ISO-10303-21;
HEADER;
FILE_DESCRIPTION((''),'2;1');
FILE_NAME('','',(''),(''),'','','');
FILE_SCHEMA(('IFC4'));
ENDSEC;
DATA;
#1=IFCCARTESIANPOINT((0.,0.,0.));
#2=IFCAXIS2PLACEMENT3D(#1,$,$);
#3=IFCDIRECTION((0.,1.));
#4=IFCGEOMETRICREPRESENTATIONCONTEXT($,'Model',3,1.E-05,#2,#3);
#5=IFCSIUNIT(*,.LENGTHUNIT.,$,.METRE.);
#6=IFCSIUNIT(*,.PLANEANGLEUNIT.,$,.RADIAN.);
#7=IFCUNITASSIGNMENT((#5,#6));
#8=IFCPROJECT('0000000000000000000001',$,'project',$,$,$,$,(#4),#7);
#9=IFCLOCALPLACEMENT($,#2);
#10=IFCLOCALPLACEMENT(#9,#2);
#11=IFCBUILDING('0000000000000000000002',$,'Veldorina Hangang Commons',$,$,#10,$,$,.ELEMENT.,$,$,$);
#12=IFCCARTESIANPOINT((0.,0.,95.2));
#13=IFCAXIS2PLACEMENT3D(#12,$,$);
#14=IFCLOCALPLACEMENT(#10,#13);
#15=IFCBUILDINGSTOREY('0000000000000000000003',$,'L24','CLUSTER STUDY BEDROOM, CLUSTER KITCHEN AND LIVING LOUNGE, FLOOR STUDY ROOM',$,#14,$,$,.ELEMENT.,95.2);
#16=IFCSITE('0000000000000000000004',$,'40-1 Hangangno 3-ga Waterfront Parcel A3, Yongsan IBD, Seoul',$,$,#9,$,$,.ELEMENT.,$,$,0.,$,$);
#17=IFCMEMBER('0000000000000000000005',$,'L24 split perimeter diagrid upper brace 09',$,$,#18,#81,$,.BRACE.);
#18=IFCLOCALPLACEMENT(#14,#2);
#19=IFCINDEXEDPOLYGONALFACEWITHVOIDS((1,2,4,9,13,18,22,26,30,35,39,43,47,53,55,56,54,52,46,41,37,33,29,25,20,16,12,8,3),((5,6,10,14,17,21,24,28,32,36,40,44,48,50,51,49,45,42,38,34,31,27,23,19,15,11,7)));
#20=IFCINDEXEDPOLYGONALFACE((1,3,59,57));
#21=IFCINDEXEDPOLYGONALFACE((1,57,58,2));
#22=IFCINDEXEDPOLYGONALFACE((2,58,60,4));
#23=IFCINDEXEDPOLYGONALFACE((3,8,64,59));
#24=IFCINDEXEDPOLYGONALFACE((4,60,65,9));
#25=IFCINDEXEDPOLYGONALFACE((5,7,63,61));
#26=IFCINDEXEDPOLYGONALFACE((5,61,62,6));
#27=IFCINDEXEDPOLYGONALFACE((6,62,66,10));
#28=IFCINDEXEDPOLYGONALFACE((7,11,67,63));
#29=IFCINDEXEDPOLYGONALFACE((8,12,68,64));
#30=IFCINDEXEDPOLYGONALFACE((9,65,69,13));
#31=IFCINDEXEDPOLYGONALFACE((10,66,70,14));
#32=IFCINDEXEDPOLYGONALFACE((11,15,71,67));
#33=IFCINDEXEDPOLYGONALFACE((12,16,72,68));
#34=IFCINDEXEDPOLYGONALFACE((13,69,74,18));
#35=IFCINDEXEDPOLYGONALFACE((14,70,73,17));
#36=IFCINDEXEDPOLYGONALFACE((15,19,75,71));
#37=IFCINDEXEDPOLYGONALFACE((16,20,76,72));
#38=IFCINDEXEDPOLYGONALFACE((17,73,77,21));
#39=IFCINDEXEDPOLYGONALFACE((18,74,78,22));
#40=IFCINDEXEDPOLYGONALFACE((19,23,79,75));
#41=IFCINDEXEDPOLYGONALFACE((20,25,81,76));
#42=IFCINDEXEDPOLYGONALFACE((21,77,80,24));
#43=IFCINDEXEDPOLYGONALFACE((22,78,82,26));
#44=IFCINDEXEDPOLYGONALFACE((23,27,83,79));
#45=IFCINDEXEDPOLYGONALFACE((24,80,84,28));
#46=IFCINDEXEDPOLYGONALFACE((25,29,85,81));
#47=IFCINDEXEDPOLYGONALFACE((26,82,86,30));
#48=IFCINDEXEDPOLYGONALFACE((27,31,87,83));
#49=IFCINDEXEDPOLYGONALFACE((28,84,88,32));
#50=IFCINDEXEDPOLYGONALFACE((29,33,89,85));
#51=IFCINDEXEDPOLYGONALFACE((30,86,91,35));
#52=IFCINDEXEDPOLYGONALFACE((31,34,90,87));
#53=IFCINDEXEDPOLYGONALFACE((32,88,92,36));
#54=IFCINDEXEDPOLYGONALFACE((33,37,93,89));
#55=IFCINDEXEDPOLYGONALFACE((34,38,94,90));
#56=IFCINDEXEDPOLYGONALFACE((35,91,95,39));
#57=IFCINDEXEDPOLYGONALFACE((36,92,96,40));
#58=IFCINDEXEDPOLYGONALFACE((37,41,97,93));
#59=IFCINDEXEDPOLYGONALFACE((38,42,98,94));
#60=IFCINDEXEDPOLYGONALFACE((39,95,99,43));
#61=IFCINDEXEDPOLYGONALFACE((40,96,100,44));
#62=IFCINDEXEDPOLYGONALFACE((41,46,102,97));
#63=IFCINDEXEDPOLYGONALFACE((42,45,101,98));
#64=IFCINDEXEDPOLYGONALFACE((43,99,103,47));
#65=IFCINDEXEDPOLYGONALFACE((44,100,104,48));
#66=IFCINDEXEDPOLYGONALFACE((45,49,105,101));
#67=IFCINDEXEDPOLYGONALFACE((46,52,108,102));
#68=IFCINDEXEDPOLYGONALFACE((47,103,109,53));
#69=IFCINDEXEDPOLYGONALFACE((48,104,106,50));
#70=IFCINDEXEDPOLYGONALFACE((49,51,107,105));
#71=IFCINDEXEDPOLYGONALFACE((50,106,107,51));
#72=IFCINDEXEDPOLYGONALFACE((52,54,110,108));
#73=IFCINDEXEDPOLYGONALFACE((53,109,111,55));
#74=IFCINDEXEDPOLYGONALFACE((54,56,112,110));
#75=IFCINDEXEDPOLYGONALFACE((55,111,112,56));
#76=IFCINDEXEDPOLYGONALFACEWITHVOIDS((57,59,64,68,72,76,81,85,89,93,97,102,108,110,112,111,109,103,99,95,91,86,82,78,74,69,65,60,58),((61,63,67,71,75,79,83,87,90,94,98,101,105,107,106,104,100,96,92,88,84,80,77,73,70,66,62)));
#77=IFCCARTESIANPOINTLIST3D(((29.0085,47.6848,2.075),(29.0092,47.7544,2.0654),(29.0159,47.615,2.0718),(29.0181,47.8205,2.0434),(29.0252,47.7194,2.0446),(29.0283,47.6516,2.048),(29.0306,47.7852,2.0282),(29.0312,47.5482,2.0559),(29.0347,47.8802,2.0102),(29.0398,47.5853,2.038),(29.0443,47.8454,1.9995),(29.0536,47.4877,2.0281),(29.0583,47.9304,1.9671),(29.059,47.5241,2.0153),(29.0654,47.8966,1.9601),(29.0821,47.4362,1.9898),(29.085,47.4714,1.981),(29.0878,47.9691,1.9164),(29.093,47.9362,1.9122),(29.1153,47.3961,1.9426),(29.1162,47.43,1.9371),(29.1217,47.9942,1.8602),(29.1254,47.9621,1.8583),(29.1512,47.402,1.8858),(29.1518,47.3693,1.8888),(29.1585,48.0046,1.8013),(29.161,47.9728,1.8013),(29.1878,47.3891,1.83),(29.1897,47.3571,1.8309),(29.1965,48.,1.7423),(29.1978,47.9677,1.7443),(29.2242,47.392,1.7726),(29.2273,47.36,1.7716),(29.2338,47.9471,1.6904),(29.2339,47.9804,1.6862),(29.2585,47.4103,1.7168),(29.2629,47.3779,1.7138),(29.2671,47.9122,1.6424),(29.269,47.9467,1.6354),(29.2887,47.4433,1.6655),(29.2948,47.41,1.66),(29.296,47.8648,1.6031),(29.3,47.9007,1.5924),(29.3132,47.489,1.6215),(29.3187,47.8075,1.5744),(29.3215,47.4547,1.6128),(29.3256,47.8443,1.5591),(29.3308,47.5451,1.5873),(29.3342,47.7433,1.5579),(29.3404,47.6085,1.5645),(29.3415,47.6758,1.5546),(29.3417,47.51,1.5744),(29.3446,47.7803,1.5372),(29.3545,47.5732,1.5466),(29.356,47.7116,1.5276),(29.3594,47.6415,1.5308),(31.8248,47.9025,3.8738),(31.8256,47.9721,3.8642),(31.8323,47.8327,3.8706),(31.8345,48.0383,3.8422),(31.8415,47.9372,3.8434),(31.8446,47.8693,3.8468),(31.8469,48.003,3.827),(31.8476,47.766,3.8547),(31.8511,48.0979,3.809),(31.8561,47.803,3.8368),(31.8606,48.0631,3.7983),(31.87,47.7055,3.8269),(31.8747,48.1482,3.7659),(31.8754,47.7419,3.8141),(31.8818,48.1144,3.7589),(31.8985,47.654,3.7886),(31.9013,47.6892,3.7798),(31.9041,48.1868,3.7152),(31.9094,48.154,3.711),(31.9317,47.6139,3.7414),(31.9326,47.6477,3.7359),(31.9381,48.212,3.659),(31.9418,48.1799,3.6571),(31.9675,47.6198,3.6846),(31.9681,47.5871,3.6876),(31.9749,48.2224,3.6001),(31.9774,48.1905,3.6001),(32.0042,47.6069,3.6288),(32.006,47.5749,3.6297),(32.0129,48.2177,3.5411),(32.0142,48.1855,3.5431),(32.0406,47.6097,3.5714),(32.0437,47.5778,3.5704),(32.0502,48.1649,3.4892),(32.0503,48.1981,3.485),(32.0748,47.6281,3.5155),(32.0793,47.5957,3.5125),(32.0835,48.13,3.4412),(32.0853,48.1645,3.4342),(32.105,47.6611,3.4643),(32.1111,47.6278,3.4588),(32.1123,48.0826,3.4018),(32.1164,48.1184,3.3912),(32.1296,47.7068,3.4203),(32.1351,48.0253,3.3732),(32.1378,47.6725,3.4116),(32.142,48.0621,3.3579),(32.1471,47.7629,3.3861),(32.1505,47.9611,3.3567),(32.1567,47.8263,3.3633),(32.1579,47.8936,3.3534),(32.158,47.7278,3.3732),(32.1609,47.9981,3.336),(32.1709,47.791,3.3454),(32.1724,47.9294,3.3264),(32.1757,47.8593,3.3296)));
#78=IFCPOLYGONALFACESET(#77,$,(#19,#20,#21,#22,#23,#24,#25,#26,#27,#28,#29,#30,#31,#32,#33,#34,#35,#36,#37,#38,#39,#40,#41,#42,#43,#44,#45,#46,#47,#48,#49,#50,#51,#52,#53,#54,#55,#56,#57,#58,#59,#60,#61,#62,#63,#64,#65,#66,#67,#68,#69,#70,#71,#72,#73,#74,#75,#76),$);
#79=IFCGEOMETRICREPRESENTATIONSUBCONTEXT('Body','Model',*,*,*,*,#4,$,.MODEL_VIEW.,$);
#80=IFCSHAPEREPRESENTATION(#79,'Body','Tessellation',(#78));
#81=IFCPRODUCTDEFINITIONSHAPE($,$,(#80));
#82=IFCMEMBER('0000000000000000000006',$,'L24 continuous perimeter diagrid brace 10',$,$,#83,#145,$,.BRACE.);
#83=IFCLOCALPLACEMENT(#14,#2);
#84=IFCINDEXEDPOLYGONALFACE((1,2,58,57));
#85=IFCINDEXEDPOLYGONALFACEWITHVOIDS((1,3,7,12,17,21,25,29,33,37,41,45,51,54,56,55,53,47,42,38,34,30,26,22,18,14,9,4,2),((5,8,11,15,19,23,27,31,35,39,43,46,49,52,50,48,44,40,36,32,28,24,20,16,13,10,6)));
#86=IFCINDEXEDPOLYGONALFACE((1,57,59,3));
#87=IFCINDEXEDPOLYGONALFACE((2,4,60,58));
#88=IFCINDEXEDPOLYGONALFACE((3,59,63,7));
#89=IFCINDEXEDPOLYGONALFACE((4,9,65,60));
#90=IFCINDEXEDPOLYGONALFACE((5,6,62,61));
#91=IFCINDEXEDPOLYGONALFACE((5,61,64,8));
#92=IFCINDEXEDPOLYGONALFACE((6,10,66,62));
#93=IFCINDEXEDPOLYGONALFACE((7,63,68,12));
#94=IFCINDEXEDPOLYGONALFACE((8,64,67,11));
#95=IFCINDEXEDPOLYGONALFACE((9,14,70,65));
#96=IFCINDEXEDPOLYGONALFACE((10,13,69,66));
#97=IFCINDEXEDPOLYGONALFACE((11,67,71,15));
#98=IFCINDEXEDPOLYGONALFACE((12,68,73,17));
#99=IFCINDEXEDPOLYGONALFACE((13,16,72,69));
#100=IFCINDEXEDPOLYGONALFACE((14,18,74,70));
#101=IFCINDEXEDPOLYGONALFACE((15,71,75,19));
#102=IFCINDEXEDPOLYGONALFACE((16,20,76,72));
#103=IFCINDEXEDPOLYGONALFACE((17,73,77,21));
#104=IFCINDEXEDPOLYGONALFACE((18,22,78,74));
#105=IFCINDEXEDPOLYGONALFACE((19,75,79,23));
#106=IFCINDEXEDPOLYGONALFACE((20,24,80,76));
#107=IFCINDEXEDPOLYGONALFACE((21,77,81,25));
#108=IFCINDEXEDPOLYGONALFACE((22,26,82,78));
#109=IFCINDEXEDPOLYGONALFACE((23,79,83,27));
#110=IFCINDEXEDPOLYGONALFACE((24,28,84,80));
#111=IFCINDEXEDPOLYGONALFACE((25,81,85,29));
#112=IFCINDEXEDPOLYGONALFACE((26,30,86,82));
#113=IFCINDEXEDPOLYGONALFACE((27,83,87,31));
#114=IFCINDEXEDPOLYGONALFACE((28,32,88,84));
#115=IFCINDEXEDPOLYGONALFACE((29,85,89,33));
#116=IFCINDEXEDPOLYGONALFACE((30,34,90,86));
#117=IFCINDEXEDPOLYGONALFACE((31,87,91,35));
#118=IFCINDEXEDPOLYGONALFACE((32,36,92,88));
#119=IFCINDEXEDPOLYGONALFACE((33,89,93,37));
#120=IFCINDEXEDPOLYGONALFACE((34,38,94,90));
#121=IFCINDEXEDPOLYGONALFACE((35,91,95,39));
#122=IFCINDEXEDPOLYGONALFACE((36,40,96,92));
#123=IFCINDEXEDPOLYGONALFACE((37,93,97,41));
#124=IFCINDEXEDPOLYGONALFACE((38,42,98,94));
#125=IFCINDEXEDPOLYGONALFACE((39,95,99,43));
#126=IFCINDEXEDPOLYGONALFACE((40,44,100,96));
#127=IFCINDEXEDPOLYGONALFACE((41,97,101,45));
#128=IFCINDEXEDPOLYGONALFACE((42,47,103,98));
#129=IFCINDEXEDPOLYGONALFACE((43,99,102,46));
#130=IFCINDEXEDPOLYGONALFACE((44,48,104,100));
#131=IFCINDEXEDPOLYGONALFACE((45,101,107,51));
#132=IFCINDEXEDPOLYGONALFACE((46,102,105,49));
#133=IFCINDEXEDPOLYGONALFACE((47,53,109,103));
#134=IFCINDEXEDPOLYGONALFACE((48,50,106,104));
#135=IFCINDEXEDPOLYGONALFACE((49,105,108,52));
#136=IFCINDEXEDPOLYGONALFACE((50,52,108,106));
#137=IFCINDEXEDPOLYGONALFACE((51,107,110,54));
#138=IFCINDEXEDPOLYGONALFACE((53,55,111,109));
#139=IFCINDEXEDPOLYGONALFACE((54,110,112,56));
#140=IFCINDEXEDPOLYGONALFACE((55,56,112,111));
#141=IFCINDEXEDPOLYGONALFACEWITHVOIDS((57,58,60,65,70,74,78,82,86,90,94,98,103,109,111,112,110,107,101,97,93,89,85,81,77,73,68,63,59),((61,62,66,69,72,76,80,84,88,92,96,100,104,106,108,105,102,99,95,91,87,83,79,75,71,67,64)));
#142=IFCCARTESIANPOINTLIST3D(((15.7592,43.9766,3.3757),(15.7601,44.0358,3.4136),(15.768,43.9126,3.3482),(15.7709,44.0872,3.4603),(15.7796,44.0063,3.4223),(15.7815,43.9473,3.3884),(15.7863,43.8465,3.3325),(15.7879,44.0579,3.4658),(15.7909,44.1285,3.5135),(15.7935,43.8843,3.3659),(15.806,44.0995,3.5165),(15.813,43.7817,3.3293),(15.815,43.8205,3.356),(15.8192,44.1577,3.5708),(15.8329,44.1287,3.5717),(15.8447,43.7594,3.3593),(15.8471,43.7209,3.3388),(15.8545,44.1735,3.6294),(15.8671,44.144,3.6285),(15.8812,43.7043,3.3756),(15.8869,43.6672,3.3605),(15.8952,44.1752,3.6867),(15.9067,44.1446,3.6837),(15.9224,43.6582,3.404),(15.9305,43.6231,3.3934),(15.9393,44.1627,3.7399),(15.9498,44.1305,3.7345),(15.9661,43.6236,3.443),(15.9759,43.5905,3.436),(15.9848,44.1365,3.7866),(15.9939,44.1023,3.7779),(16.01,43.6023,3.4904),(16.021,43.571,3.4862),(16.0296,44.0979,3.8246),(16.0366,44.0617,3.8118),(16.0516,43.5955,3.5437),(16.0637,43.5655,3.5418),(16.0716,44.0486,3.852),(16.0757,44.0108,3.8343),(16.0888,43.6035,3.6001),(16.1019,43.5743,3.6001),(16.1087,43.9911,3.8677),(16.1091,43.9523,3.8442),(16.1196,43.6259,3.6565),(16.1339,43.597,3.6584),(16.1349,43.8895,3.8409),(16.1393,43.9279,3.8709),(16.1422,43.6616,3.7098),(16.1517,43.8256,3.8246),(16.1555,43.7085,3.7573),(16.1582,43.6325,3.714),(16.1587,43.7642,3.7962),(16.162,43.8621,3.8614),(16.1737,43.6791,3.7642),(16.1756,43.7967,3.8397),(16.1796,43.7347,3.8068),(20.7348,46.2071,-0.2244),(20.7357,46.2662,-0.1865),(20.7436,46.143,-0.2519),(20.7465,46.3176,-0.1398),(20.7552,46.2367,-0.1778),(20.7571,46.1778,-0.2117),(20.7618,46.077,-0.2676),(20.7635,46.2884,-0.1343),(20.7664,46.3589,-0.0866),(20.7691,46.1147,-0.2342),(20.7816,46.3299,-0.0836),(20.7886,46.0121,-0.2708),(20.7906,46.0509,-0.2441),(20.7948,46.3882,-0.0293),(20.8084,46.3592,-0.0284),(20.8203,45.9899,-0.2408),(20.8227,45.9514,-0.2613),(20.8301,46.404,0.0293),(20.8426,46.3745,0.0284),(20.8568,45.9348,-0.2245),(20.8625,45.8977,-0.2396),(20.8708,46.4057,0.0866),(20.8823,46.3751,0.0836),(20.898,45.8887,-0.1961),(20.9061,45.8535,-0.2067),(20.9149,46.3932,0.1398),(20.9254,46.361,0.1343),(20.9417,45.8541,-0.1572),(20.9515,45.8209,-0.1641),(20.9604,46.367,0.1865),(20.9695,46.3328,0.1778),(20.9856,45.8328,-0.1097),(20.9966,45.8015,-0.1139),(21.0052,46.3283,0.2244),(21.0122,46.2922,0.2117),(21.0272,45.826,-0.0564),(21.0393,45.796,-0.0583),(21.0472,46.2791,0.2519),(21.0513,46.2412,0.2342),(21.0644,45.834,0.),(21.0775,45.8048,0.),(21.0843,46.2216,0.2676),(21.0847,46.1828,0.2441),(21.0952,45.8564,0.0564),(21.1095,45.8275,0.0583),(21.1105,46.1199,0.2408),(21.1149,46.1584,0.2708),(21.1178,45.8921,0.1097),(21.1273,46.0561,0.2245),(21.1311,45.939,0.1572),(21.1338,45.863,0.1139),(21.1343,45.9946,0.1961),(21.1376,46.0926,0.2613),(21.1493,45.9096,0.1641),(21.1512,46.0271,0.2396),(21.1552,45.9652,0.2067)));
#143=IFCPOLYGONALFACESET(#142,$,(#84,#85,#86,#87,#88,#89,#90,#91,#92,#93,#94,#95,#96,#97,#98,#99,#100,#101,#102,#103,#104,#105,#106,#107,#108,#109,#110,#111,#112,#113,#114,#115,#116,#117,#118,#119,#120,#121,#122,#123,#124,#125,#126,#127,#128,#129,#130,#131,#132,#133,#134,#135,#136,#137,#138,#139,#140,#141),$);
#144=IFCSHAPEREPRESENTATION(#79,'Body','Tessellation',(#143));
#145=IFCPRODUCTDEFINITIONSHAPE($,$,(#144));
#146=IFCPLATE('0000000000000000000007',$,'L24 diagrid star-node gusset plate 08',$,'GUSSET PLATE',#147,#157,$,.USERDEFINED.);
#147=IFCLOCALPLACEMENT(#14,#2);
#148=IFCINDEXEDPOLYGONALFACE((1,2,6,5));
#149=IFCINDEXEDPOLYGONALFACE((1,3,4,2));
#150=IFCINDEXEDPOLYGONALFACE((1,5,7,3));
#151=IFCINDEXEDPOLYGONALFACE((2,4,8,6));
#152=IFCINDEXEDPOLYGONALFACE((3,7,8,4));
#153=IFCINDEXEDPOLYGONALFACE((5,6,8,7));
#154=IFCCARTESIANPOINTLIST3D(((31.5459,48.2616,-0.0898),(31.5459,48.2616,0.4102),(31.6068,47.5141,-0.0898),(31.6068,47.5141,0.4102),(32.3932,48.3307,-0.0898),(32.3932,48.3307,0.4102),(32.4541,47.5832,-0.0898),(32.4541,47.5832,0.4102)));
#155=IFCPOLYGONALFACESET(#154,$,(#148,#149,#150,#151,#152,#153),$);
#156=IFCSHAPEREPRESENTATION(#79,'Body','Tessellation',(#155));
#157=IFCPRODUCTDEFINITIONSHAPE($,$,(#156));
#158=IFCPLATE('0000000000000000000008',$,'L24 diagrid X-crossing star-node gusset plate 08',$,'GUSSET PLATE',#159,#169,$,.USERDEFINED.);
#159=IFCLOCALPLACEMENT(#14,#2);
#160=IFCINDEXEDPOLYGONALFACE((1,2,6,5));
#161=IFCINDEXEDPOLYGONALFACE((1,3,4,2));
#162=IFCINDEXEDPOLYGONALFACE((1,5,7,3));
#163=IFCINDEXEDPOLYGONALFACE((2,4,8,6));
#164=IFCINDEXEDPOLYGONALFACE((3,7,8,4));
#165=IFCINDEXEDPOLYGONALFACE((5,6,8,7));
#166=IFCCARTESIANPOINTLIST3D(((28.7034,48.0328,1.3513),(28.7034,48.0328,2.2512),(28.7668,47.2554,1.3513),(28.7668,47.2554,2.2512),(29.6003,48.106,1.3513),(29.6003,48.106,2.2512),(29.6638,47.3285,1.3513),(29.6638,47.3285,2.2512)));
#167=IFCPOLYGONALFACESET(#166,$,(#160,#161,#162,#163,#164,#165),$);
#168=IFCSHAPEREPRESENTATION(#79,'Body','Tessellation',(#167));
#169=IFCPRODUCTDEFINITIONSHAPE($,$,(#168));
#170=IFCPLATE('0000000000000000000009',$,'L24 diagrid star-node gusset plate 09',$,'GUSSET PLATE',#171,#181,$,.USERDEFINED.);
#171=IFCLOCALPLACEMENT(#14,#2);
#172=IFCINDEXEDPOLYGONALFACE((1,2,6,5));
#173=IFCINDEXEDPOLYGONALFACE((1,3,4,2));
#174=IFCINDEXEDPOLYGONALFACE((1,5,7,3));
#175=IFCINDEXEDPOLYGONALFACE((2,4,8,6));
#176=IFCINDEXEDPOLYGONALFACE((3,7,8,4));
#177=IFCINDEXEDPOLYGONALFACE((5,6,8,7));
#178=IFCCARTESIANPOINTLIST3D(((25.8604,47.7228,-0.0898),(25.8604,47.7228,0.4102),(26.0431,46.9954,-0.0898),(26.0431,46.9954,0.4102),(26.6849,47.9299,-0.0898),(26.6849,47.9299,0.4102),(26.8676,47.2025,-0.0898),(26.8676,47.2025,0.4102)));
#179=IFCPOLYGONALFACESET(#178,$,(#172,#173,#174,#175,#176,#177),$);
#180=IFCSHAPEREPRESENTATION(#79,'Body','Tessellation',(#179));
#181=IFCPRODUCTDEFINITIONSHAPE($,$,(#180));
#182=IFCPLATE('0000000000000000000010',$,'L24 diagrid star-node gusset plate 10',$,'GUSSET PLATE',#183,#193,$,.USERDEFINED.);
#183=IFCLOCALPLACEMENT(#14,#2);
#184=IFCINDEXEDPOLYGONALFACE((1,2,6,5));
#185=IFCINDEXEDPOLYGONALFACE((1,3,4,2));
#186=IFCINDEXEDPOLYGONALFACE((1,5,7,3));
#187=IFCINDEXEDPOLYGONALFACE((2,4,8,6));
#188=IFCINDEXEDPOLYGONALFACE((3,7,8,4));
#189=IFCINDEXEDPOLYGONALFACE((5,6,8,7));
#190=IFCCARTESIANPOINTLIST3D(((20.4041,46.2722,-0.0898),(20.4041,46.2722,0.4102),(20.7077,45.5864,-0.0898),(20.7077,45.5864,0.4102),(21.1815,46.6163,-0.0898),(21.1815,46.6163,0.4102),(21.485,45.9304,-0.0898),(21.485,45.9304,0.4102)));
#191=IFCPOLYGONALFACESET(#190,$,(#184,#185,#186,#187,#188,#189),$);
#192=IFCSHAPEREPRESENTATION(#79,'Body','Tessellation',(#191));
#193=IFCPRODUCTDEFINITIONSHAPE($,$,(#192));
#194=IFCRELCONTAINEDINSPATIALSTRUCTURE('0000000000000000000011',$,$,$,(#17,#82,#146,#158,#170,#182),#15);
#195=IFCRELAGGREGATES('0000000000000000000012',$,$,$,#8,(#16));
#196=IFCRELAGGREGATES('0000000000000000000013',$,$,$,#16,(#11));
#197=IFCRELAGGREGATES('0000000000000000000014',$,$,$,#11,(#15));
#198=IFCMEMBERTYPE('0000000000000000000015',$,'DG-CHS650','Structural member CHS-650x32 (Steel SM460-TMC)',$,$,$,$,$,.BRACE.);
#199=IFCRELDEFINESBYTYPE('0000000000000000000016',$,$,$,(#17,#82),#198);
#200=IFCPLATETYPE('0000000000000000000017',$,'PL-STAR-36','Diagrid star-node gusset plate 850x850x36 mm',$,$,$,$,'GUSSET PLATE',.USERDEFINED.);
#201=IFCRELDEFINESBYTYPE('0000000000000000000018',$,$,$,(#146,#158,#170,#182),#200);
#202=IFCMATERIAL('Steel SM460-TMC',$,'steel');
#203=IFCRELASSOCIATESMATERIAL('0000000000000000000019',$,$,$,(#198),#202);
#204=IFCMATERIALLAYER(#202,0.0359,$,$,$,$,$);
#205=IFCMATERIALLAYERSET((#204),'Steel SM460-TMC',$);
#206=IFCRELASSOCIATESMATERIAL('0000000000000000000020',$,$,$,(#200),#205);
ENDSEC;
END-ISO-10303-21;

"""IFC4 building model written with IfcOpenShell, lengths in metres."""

from ifc_helpers import new_model, si_unit, direction, frame, origin, origin_2d, place, context, subcontext, project, spatial, rectangle, hollow_circle, extrude, material, layer, layer_set, material_profile, profile_set, type_object, element, save


model = new_model("IFC4")

# Units and contexts
model_context = context("Model", 3, precision=1e-05, world=origin(), true_north=direction((0.0, 1.0)))
body_context = subcontext(model_context, "Body", "Model", "MODEL_VIEW")
ifc_project = project(units=[si_unit("LENGTHUNIT", "METRE"), si_unit("PLANEANGLEUNIT", "RADIAN")], contexts=[model_context])

# Site, building, storey
site_placement = place(None, origin())
site = spatial("IfcSite", under=ifc_project, at=site_placement, Name="40-1 Hangangno 3-ga Waterfront Parcel A3, Yongsan IBD, Seoul", CompositionType="ELEMENT", RefElevation=0.0)
building_placement = place(site_placement, origin())
building = spatial("IfcBuilding", under=site, at=building_placement, Name="Veldorina Hangang Commons", CompositionType="ELEMENT")
storey_placement = place(building_placement, frame((0.0, 0.0, 95.2)))
storey = spatial("IfcBuildingStorey", under=building, at=storey_placement, Name="L24", Description="CLUSTER STUDY BEDROOM, CLUSTER KITCHEN AND LIVING LOUNGE, FLOOR STUDY ROOM", CompositionType="ELEMENT", Elevation=95.2)

# Members
ifc_material_1 = material(Name="Steel SM460-TMC", Category="steel")
ifc_material_profile_1 = material_profile(ifc_material_1, hollow_circle(Radius=0.325, WallThickness=0.032, at=origin_2d()), Name="CHS-650x32")
ifc_profile_set_1 = profile_set([ifc_material_profile_1], Name="Steel SM460-TMC")
member_type = type_object("IfcMemberType", Name="DG-CHS650", Description="Structural member CHS-650x32 (Steel SM460-TMC)", PredefinedType="BRACE", material=ifc_profile_set_1)
member_1_placement = place(storey_placement, frame((29.1836, 47.6807, 1.8013), z_axis=(0.840986, 0.065028, 0.537135), x_axis=(-0.077093, 0.997024, 0.0)))
element("IfcMember", 1, at=member_1_placement, inside=storey, type_object=member_type, Name="L24 split perimeter diagrid upper brace 09", PredefinedType="BRACE", context=body_context, shape_type="SweptSolid", body=[
    extrude(hollow_circle(Radius=0.325, WallThickness=0.032, at=origin_2d()), origin(), (0.0, 0.0, 1.0), 3.3489),
])
member_2_placement = place(storey_placement, frame((20.9446, 46.1013, 0.0), z_axis=(-0.761501, -0.341367, 0.550986), x_axis=(0.409061, -0.912507, 0.0)))
element("IfcMember", 2, at=member_2_placement, inside=storey, type_object=member_type, Name="L24 continuous perimeter diagrid brace 10", PredefinedType="BRACE", context=body_context, shape_type="SweptSolid", body=[
    extrude(hollow_circle(Radius=0.325, WallThickness=0.032, at=origin_2d()), origin(), (0.0, 0.0, 1.0), 6.5339),
])

# Plates
ifc_layer_1 = layer(ifc_material_1, 0.0359)
ifc_layer_set_1 = layer_set([ifc_layer_1], Name="Steel SM460-TMC")
plate_type = type_object("IfcPlateType", Name="PL-STAR-36", Description="Diagrid star-node gusset plate 850x850x36 mm", ElementType="GUSSET PLATE", PredefinedType="USERDEFINED", material=ifc_layer_set_1)
plate_1_placement = place(storey_placement, frame((32.0, 47.9224, -0.0898), z_axis=(0.0, 0.0, 1.0), x_axis=(-0.99669, -0.081295, 0.0)))
element("IfcPlate", 3, at=plate_1_placement, inside=storey, type_object=plate_type, Name="L24 diagrid star-node gusset plate 08", ObjectType="GUSSET PLATE", PredefinedType="USERDEFINED", context=body_context, shape_type="SweptSolid", body=[
    extrude(rectangle(XDim=0.8501, YDim=0.75, at=origin_2d()), origin(), (0.0, 0.0, 1.0), 0.5),
])
plate_2_placement = place(storey_placement, frame((29.1836, 47.6807, 1.3513), z_axis=(0.0, 0.0, 1.0), x_axis=(-0.99669, -0.081295, 0.0)))
element("IfcPlate", 4, at=plate_2_placement, inside=storey, type_object=plate_type, Name="L24 diagrid X-crossing star-node gusset plate 08", ObjectType="GUSSET PLATE", PredefinedType="USERDEFINED", context=body_context, shape_type="SweptSolid", body=[
    extrude(rectangle(XDim=0.8999, YDim=0.78, at=origin_2d()), origin(), (0.0, 0.0, 1.0), 0.8999),
])
for number, where, z_axis, x_axis, name in (
    (5, (26.364, 47.4626, -0.0898), (0.0, 0.0, 1.0), (-0.969872, -0.243615, 0.0), "L24 diagrid star-node gusset plate 09"),
    (6, (20.9446, 46.1013, -0.0898), (0.0, 0.0, 1.0), (-0.914431, -0.404743, 0.0), "L24 diagrid star-node gusset plate 10"),
):
    element("IfcPlate", number, at=place(storey_placement, frame(where, z_axis=z_axis, x_axis=x_axis)), inside=storey, type_object=plate_type, Name=name, ObjectType="GUSSET PLATE", PredefinedType="USERDEFINED", context=body_context, shape_type="SweptSolid", body=[
        extrude(rectangle(XDim=0.8501, YDim=0.75, at=origin_2d()), origin(), (0.0, 0.0, 1.0), 0.5),
    ])

save(model, "model.ifc")
